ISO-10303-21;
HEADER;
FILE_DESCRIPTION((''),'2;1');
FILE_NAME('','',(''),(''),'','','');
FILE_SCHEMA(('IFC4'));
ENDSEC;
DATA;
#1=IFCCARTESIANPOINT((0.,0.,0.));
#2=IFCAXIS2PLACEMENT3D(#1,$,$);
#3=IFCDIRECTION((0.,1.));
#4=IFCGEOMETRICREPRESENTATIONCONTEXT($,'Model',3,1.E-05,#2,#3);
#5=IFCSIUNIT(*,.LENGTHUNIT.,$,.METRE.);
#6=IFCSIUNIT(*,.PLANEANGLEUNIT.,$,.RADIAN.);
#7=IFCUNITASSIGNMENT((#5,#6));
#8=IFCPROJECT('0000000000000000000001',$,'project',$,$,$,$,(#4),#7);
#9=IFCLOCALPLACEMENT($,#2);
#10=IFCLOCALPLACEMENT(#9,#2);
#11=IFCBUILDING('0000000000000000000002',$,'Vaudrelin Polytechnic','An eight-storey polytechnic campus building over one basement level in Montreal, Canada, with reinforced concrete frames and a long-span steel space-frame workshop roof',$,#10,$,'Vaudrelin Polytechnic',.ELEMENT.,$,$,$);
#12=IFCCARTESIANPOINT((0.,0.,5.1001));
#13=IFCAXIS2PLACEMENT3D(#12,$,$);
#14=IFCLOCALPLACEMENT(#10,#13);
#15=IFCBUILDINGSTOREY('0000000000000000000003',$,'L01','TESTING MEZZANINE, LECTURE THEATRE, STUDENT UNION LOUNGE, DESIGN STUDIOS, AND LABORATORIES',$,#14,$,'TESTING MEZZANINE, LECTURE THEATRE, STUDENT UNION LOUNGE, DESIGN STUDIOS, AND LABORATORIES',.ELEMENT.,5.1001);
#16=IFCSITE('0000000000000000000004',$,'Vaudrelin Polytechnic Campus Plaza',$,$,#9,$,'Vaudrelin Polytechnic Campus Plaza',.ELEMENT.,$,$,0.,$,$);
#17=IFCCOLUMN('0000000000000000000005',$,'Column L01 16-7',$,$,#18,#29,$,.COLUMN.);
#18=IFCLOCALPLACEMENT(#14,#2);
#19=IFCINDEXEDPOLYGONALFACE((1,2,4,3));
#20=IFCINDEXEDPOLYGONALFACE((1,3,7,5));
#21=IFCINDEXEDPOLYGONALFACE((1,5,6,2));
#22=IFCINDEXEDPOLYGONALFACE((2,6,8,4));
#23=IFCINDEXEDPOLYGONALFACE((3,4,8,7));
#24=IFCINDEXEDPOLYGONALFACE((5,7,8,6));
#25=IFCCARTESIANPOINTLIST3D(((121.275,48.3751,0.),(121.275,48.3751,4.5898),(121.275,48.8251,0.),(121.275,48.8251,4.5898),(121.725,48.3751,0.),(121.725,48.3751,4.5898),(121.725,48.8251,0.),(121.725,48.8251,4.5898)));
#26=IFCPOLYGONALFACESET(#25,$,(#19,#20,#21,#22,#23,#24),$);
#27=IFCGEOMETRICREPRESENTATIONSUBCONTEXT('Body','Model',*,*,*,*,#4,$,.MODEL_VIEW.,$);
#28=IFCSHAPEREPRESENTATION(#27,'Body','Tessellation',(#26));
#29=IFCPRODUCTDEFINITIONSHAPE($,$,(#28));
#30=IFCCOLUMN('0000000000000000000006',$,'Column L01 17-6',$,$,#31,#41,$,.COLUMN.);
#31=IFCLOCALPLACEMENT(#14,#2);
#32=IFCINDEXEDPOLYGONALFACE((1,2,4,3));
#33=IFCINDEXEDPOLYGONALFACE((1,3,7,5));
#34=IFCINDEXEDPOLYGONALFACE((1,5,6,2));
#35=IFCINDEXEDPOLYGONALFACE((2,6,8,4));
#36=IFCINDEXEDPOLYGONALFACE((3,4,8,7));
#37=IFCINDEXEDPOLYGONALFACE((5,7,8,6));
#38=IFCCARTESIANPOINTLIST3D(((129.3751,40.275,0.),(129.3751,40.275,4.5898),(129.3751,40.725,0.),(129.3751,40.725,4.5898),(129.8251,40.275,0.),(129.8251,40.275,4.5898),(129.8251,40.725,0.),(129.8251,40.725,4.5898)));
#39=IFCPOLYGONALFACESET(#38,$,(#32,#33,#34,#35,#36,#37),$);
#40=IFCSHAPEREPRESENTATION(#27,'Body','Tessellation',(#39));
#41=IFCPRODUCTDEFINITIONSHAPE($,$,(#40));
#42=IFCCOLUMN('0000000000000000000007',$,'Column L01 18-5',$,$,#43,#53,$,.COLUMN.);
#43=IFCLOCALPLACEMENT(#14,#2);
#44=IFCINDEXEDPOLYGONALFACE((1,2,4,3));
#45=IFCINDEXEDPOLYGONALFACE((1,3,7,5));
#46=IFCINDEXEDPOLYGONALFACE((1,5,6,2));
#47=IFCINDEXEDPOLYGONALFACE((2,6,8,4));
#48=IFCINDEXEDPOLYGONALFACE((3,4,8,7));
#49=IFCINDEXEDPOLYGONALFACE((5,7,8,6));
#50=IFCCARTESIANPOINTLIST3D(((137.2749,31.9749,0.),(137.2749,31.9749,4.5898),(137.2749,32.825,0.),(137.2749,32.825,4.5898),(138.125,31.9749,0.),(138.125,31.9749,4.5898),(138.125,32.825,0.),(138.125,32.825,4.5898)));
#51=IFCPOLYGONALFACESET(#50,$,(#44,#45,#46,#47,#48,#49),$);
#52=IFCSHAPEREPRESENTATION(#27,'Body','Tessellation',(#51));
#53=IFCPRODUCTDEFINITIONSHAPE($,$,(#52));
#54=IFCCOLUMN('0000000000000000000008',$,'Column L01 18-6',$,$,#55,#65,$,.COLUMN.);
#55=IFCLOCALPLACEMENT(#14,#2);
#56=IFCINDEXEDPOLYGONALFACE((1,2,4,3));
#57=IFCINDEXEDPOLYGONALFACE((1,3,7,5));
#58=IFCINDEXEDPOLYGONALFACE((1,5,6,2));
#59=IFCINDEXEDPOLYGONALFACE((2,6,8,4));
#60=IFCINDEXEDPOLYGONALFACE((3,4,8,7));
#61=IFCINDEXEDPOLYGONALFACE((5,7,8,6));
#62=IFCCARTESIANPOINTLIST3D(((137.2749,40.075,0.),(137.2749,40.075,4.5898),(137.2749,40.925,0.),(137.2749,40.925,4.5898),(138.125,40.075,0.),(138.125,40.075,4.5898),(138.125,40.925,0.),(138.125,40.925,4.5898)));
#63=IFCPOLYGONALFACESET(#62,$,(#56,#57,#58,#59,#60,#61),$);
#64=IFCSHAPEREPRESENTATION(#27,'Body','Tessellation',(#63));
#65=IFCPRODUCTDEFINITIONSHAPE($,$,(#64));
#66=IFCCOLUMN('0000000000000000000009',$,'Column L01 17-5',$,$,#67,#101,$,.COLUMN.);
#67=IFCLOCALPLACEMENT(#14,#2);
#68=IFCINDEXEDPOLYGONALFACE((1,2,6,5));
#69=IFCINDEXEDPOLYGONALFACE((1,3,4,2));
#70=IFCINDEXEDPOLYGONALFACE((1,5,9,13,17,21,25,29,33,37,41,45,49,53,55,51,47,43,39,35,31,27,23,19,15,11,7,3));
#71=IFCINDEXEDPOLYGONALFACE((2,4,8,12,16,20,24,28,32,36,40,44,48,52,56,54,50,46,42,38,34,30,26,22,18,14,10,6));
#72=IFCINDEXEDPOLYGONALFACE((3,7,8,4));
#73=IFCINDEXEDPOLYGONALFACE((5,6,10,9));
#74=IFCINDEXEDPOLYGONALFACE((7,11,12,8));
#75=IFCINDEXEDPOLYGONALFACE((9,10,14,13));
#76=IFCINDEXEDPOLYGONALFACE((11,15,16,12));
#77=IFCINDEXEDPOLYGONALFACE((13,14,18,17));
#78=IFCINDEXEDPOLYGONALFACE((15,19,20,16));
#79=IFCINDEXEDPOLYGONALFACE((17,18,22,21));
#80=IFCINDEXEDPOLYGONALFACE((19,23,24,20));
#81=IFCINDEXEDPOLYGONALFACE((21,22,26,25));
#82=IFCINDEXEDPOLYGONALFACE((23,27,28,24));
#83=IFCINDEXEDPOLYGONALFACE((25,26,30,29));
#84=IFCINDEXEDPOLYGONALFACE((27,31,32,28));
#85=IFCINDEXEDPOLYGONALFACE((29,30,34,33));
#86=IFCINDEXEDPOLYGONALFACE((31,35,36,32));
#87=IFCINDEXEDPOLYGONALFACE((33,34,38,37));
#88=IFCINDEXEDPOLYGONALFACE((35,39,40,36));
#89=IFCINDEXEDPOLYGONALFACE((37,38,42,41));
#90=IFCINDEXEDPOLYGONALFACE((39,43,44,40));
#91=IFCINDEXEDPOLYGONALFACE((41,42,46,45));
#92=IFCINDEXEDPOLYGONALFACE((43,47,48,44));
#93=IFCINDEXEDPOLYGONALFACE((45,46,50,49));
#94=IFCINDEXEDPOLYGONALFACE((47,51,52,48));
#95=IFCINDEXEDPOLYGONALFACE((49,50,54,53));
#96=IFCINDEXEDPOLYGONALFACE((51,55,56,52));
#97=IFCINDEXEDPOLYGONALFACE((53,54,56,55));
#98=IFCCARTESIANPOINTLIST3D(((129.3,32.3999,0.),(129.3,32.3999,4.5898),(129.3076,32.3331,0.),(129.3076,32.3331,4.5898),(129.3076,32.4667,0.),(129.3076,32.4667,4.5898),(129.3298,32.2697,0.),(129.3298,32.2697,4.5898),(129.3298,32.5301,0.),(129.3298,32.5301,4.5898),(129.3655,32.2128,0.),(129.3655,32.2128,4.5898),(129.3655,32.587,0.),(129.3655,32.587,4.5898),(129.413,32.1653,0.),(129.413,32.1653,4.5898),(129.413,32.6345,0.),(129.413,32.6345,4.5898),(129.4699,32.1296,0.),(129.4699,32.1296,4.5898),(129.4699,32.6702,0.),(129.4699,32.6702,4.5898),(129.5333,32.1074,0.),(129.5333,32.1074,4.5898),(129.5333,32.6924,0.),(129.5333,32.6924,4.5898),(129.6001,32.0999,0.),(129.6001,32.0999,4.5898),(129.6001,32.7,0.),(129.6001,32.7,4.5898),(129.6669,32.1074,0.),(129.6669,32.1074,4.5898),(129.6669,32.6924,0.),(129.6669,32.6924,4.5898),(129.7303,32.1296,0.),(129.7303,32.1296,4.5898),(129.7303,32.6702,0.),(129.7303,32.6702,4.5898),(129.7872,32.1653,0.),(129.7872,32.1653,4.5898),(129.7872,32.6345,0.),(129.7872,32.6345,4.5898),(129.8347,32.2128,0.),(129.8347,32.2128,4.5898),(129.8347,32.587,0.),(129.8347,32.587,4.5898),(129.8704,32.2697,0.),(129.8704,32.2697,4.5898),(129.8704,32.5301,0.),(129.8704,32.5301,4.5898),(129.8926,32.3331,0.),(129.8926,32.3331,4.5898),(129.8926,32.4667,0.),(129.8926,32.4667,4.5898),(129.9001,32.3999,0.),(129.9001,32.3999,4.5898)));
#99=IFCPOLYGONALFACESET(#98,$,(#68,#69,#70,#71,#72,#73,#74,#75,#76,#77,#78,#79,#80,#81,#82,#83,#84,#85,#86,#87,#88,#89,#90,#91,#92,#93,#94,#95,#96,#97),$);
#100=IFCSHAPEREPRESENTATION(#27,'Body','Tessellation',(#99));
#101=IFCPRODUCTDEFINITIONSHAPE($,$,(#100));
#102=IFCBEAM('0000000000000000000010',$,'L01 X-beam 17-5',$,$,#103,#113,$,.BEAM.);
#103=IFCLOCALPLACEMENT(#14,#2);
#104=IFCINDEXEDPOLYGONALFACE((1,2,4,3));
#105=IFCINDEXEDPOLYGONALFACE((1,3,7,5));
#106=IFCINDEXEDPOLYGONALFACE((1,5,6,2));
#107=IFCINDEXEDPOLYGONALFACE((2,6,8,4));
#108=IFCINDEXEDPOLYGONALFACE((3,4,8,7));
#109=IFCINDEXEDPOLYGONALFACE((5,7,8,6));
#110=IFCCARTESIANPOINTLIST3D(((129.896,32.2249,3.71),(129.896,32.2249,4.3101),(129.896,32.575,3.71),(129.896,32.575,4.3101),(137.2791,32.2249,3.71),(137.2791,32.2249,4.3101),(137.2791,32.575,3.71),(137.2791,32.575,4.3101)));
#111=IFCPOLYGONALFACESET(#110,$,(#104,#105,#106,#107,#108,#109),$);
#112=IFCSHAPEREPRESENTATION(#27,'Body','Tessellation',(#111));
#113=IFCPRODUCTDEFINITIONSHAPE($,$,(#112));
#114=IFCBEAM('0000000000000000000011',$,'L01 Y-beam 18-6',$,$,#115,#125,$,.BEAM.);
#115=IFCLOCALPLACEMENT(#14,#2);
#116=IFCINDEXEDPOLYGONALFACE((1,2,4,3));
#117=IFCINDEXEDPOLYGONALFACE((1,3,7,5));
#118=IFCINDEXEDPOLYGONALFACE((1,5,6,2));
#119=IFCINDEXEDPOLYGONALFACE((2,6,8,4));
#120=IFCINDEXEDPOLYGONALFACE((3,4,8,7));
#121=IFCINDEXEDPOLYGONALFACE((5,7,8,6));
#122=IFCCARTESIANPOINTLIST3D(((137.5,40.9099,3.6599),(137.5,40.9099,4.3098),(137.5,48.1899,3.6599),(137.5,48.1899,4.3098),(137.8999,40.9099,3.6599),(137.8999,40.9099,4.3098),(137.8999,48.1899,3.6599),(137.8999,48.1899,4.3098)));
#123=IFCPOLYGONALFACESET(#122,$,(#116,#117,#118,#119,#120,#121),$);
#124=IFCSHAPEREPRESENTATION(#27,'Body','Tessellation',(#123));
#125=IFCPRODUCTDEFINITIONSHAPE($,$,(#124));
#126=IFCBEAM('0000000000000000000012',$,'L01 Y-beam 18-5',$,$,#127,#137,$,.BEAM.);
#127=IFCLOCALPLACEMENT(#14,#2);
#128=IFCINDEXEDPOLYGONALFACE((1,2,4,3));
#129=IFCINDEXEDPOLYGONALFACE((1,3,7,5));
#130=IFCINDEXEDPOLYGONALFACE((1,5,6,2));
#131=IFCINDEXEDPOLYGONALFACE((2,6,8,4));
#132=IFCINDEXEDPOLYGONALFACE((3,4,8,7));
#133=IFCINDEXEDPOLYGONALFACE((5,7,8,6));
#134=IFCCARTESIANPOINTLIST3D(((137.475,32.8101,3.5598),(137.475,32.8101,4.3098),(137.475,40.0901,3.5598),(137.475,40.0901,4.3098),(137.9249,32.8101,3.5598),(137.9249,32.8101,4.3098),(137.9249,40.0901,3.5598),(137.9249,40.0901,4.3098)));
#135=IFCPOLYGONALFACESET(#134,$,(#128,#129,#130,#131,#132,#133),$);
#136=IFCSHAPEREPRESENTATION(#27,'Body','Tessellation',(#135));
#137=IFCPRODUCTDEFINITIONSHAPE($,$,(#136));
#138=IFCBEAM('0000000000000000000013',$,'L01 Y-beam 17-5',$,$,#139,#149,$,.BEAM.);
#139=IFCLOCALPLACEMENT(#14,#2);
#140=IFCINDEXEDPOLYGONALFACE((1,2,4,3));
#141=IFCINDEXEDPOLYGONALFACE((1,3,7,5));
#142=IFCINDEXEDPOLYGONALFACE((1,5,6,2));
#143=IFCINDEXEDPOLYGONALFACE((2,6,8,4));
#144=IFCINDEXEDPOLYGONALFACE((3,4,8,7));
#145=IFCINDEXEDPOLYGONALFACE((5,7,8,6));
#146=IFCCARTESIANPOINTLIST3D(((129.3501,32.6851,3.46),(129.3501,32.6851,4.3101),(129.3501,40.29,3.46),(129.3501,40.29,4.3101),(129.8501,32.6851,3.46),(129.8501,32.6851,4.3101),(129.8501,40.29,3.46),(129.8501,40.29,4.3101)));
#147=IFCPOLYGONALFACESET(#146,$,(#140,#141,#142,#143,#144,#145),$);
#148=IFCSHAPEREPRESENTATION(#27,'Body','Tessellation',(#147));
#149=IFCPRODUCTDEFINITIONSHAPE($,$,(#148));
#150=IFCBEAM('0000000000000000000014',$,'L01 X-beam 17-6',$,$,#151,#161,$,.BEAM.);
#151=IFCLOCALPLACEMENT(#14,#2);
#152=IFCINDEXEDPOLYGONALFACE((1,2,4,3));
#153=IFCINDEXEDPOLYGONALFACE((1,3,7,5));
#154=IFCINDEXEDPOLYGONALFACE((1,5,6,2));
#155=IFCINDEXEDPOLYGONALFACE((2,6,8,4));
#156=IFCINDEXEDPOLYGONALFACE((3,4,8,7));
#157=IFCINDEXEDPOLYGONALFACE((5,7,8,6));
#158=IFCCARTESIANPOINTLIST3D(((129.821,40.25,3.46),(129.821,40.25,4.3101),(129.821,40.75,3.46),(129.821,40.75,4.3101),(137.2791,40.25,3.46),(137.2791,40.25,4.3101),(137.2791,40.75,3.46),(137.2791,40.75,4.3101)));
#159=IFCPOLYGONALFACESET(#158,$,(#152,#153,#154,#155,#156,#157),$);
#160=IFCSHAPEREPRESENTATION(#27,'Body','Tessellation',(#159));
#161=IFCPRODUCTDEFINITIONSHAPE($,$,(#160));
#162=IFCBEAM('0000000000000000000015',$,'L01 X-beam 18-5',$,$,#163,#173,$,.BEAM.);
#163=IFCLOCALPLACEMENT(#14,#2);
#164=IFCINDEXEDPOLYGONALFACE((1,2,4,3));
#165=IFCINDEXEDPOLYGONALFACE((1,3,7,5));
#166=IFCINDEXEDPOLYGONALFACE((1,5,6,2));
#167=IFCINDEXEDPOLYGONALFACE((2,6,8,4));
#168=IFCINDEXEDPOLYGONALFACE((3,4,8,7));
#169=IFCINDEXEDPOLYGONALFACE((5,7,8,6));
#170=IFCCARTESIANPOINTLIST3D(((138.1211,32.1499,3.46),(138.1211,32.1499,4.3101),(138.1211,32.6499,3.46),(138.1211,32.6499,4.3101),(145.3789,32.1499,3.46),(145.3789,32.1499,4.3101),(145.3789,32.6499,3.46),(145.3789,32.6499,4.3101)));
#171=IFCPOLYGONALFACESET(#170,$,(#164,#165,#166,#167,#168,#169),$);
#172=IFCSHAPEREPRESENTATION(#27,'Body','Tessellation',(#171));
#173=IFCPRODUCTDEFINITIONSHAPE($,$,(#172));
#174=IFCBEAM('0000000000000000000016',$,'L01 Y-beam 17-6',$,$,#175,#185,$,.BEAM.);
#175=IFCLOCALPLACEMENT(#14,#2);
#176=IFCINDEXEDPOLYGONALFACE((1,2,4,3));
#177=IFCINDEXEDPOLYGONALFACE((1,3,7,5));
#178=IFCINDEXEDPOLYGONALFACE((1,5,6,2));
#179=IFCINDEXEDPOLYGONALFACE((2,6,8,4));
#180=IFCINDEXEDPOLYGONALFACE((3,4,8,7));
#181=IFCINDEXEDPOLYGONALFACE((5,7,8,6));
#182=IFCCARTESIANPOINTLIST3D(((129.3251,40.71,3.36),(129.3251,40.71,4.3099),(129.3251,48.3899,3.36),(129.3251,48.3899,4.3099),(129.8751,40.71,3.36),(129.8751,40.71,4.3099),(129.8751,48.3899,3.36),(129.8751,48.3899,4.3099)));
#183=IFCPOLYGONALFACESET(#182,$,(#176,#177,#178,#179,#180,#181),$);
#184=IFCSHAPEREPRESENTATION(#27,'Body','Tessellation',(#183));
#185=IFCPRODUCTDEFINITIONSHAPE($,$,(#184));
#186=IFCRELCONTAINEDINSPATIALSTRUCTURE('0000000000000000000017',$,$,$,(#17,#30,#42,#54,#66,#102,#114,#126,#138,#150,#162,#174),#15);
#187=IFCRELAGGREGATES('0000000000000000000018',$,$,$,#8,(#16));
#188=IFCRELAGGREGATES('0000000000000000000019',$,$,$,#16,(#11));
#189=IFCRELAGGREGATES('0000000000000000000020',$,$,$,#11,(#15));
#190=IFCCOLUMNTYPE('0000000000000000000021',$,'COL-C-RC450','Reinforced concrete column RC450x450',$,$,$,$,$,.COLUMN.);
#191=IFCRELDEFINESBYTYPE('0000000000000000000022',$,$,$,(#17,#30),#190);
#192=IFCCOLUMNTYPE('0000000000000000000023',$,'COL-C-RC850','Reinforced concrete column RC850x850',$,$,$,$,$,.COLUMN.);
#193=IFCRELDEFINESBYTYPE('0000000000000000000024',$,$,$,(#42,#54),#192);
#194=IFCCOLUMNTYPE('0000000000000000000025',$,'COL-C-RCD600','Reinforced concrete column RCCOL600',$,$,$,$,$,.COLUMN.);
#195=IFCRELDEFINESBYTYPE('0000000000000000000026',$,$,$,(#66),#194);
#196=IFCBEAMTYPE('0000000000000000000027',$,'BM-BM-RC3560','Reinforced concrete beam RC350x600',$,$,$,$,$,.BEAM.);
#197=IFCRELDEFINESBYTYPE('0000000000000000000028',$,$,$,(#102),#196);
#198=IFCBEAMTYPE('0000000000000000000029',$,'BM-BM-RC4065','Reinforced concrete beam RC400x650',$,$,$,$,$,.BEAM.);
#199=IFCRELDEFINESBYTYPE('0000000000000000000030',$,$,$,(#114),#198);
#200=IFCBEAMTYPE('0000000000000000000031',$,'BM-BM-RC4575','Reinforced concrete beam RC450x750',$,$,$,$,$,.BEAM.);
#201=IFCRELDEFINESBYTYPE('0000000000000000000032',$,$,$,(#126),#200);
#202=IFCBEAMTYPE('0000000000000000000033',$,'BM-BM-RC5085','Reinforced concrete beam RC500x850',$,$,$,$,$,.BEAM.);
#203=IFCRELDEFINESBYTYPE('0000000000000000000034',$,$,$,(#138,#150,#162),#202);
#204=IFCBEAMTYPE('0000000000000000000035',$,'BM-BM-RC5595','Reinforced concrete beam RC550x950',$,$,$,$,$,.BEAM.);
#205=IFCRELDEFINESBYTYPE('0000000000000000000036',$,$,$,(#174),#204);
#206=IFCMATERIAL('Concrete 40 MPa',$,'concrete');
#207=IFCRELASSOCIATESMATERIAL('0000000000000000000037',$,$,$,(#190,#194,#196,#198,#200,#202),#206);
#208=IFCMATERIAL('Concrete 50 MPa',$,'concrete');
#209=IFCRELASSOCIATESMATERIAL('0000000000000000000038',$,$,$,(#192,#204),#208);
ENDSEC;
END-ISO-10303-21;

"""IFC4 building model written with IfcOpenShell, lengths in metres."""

from ifc_helpers import new_model, si_unit, direction, frame, origin, origin_2d, place, context, subcontext, project, spatial, rectangle, circle, extrude, material, material_profile, profile_set, type_object, element, save


model = new_model("IFC4")

# Units and contexts
model_context = context("Model", 3, precision=1e-05, world=origin(), true_north=direction((0.0, 1.0)))
body_context = subcontext(model_context, "Body", "Model", "MODEL_VIEW")
ifc_project = project(units=[si_unit("LENGTHUNIT", "METRE"), si_unit("PLANEANGLEUNIT", "RADIAN")], contexts=[model_context])

# Site, building, storey
site_placement = place(None, origin())
site = spatial("IfcSite", under=ifc_project, at=site_placement, Name="Vaudrelin Polytechnic Campus Plaza", LongName="Vaudrelin Polytechnic Campus Plaza", CompositionType="ELEMENT", RefElevation=0.0)
building_placement = place(site_placement, origin())
building = spatial("IfcBuilding", under=site, at=building_placement, Name="Vaudrelin Polytechnic", Description="An eight-storey polytechnic campus building over one basement level in Montreal, Canada, with reinforced concrete frames and a long-span steel space-frame workshop roof", LongName="Vaudrelin Polytechnic", CompositionType="ELEMENT")
storey_placement = place(building_placement, frame((0.0, 0.0, 5.1001)))
storey = spatial("IfcBuildingStorey", under=building, at=storey_placement, Name="L01", Description="TESTING MEZZANINE, LECTURE THEATRE, STUDENT UNION LOUNGE, DESIGN STUDIOS, AND LABORATORIES", LongName="TESTING MEZZANINE, LECTURE THEATRE, STUDENT UNION LOUNGE, DESIGN STUDIOS, AND LABORATORIES", CompositionType="ELEMENT", Elevation=5.1001)

# Columns
ifc_material_1 = material(Name="Concrete 40 MPa", Category="concrete")
ifc_material_profile_1 = material_profile(ifc_material_1, rectangle(XDim=0.45, YDim=0.45, at=origin_2d()), Name="RC450x450")
ifc_profile_set_1 = profile_set([ifc_material_profile_1], Name="Concrete 40 MPa")
column_type_1 = type_object("IfcColumnType", Name="COL-C-RC450", Description="Reinforced concrete column RC450x450", PredefinedType="COLUMN", material=ifc_profile_set_1)
for number, where, z_axis, x_axis, name in (
    (1, (121.5, 48.6001, 0.0), (0.0, 0.0, 1.0), (1.0, 0.0, 0.0), "Column L01 16-7"),
    (2, (129.6001, 40.5, 0.0), (0.0, 0.0, 1.0), (1.0, 0.0, 0.0), "Column L01 17-6"),
):
    element("IfcColumn", number, at=place(storey_placement, frame(where, z_axis=z_axis, x_axis=x_axis)), inside=storey, type_object=column_type_1, Name=name, PredefinedType="COLUMN", context=body_context, shape_type="SweptSolid", body=[
        extrude(rectangle(XDim=0.45, YDim=0.45, at=origin_2d()), origin(), (0.0, 0.0, 1.0), 4.5898),
    ])
ifc_material_2 = material(Name="Concrete 50 MPa", Category="concrete")
ifc_material_profile_2 = material_profile(ifc_material_2, rectangle(XDim=0.8501, YDim=0.8501, at=origin_2d()), Name="RC850x850")
ifc_profile_set_2 = profile_set([ifc_material_profile_2], Name="Concrete 50 MPa")
column_type_2 = type_object("IfcColumnType", Name="COL-C-RC850", Description="Reinforced concrete column RC850x850", PredefinedType="COLUMN", material=ifc_profile_set_2)
for number, where, z_axis, x_axis, name in (
    (3, (137.7, 32.3999, 0.0), (0.0, 0.0, 1.0), (1.0, 0.0, 0.0), "Column L01 18-5"),
    (4, (137.7, 40.5, 0.0), (0.0, 0.0, 1.0), (1.0, 0.0, 0.0), "Column L01 18-6"),
):
    element("IfcColumn", number, at=place(storey_placement, frame(where, z_axis=z_axis, x_axis=x_axis)), inside=storey, type_object=column_type_2, Name=name, PredefinedType="COLUMN", context=body_context, shape_type="SweptSolid", body=[
        extrude(rectangle(XDim=0.8501, YDim=0.8501, at=origin_2d()), origin(), (0.0, 0.0, 1.0), 4.5898),
    ])
ifc_material_profile_3 = material_profile(ifc_material_1, circle(Radius=0.3, at=origin_2d()), Name="RCCOL600")
ifc_profile_set_3 = profile_set([ifc_material_profile_3], Name="Concrete 40 MPa")
column_type_3 = type_object("IfcColumnType", Name="COL-C-RCD600", Description="Reinforced concrete column RCCOL600", PredefinedType="COLUMN", material=ifc_profile_set_3)
column_placement = place(storey_placement, frame((129.6001, 32.3999, 0.0), z_axis=(0.0, 0.0, 1.0), x_axis=(1.0, 0.0, 0.0)))
element("IfcColumn", 5, at=column_placement, inside=storey, type_object=column_type_3, Name="Column L01 17-5", PredefinedType="COLUMN", context=body_context, shape_type="SweptSolid", body=[
    extrude(circle(Radius=0.3, at=origin_2d()), origin(), (0.0, 0.0, 1.0), 4.5898),
])

# Beams
ifc_material_profile_4 = material_profile(ifc_material_1, rectangle(XDim=0.3501, YDim=0.6001, at=origin_2d()), Name="RC350x600")
ifc_profile_set_4 = profile_set([ifc_material_profile_4], Name="Concrete 40 MPa")
beam_type_1 = type_object("IfcBeamType", Name="BM-BM-RC3560", Description="Reinforced concrete beam RC350x600", PredefinedType="BEAM", material=ifc_profile_set_4)
beam_1_placement = place(storey_placement, frame((129.896, 32.3999, 4.01), z_axis=(1.0, 0.0, 0.0), x_axis=(0.0, 1.0, 0.0)))
element("IfcBeam", 6, at=beam_1_placement, inside=storey, type_object=beam_type_1, Name="L01 X-beam 17-5", PredefinedType="BEAM", context=body_context, shape_type="SweptSolid", body=[
    extrude(rectangle(XDim=0.3501, YDim=0.6001, at=origin_2d()), origin(), (0.0, 0.0, 1.0), 7.3831),
])
ifc_material_profile_5 = material_profile(ifc_material_1, rectangle(XDim=0.3999, YDim=0.6499, at=origin_2d()), Name="RC400x650")
ifc_profile_set_5 = profile_set([ifc_material_profile_5], Name="Concrete 40 MPa")
beam_type_2 = type_object("IfcBeamType", Name="BM-BM-RC4065", Description="Reinforced concrete beam RC400x650", PredefinedType="BEAM", material=ifc_profile_set_5)
beam_2_placement = place(storey_placement, frame((137.7, 40.9099, 3.9849), z_axis=(0.0, 1.0, 0.0), x_axis=(-1.0, 0.0, 0.0)))
element("IfcBeam", 7, at=beam_2_placement, inside=storey, type_object=beam_type_2, Name="L01 Y-beam 18-6", PredefinedType="BEAM", context=body_context, shape_type="SweptSolid", body=[
    extrude(rectangle(XDim=0.3999, YDim=0.6499, at=origin_2d()), origin(), (0.0, 0.0, 1.0), 7.28),
])
ifc_material_profile_6 = material_profile(ifc_material_1, rectangle(XDim=0.45, YDim=0.75, at=origin_2d()), Name="RC450x750")
ifc_profile_set_6 = profile_set([ifc_material_profile_6], Name="Concrete 40 MPa")
beam_type_3 = type_object("IfcBeamType", Name="BM-BM-RC4575", Description="Reinforced concrete beam RC450x750", PredefinedType="BEAM", material=ifc_profile_set_6)
beam_3_placement = place(storey_placement, frame((137.7, 32.8101, 3.9348), z_axis=(0.0, 1.0, 0.0), x_axis=(-1.0, 0.0, 0.0)))
element("IfcBeam", 8, at=beam_3_placement, inside=storey, type_object=beam_type_3, Name="L01 Y-beam 18-5", PredefinedType="BEAM", context=body_context, shape_type="SweptSolid", body=[
    extrude(rectangle(XDim=0.45, YDim=0.75, at=origin_2d()), origin(), (0.0, 0.0, 1.0), 7.28),
])
ifc_material_profile_7 = material_profile(ifc_material_1, rectangle(XDim=0.5, YDim=0.8501, at=origin_2d()), Name="RC500x850")
ifc_profile_set_7 = profile_set([ifc_material_profile_7], Name="Concrete 40 MPa")
beam_type_4 = type_object("IfcBeamType", Name="BM-BM-RC5085", Description="Reinforced concrete beam RC500x850", PredefinedType="BEAM", material=ifc_profile_set_7)
beam_4_placement = place(storey_placement, frame((129.6001, 32.6851, 3.885), z_axis=(0.0, 1.0, 0.0), x_axis=(-1.0, 0.0, 0.0)))
element("IfcBeam", 9, at=beam_4_placement, inside=storey, type_object=beam_type_4, Name="L01 Y-beam 17-5", PredefinedType="BEAM", context=body_context, shape_type="SweptSolid", body=[
    extrude(rectangle(XDim=0.5, YDim=0.8501, at=origin_2d()), origin(), (0.0, 0.0, 1.0), 7.605),
])
beam_5_placement = place(storey_placement, frame((129.821, 40.5, 3.885), z_axis=(1.0, 0.0, 0.0), x_axis=(0.0, 1.0, 0.0)))
element("IfcBeam", 10, at=beam_5_placement, inside=storey, type_object=beam_type_4, Name="L01 X-beam 17-6", PredefinedType="BEAM", context=body_context, shape_type="SweptSolid", body=[
    extrude(rectangle(XDim=0.5, YDim=0.8501, at=origin_2d()), origin(), (0.0, 0.0, 1.0), 7.458),
])
beam_6_placement = place(storey_placement, frame((138.1211, 32.3999, 3.885), z_axis=(1.0, 0.0, 0.0), x_axis=(0.0, 1.0, 0.0)))
element("IfcBeam", 11, at=beam_6_placement, inside=storey, type_object=beam_type_4, Name="L01 X-beam 18-5", PredefinedType="BEAM", context=body_context, shape_type="SweptSolid", body=[
    extrude(rectangle(XDim=0.5, YDim=0.8501, at=origin_2d()), origin(), (0.0, 0.0, 1.0), 7.2578),
])
ifc_material_profile_8 = material_profile(ifc_material_2, rectangle(XDim=0.55, YDim=0.95, at=origin_2d()), Name="RC550x950")
ifc_profile_set_8 = profile_set([ifc_material_profile_8], Name="Concrete 50 MPa")
beam_type_5 = type_object("IfcBeamType", Name="BM-BM-RC5595", Description="Reinforced concrete beam RC550x950", PredefinedType="BEAM", material=ifc_profile_set_8)
beam_7_placement = place(storey_placement, frame((129.6001, 40.71, 3.835), z_axis=(0.0, 1.0, 0.0), x_axis=(-1.0, 0.0, 0.0)))
element("IfcBeam", 12, at=beam_7_placement, inside=storey, type_object=beam_type_5, Name="L01 Y-beam 17-6", PredefinedType="BEAM", context=body_context, shape_type="SweptSolid", body=[
    extrude(rectangle(XDim=0.55, YDim=0.95, at=origin_2d()), origin(), (0.0, 0.0, 1.0), 7.6799),
])

save(model, "model.ifc")
